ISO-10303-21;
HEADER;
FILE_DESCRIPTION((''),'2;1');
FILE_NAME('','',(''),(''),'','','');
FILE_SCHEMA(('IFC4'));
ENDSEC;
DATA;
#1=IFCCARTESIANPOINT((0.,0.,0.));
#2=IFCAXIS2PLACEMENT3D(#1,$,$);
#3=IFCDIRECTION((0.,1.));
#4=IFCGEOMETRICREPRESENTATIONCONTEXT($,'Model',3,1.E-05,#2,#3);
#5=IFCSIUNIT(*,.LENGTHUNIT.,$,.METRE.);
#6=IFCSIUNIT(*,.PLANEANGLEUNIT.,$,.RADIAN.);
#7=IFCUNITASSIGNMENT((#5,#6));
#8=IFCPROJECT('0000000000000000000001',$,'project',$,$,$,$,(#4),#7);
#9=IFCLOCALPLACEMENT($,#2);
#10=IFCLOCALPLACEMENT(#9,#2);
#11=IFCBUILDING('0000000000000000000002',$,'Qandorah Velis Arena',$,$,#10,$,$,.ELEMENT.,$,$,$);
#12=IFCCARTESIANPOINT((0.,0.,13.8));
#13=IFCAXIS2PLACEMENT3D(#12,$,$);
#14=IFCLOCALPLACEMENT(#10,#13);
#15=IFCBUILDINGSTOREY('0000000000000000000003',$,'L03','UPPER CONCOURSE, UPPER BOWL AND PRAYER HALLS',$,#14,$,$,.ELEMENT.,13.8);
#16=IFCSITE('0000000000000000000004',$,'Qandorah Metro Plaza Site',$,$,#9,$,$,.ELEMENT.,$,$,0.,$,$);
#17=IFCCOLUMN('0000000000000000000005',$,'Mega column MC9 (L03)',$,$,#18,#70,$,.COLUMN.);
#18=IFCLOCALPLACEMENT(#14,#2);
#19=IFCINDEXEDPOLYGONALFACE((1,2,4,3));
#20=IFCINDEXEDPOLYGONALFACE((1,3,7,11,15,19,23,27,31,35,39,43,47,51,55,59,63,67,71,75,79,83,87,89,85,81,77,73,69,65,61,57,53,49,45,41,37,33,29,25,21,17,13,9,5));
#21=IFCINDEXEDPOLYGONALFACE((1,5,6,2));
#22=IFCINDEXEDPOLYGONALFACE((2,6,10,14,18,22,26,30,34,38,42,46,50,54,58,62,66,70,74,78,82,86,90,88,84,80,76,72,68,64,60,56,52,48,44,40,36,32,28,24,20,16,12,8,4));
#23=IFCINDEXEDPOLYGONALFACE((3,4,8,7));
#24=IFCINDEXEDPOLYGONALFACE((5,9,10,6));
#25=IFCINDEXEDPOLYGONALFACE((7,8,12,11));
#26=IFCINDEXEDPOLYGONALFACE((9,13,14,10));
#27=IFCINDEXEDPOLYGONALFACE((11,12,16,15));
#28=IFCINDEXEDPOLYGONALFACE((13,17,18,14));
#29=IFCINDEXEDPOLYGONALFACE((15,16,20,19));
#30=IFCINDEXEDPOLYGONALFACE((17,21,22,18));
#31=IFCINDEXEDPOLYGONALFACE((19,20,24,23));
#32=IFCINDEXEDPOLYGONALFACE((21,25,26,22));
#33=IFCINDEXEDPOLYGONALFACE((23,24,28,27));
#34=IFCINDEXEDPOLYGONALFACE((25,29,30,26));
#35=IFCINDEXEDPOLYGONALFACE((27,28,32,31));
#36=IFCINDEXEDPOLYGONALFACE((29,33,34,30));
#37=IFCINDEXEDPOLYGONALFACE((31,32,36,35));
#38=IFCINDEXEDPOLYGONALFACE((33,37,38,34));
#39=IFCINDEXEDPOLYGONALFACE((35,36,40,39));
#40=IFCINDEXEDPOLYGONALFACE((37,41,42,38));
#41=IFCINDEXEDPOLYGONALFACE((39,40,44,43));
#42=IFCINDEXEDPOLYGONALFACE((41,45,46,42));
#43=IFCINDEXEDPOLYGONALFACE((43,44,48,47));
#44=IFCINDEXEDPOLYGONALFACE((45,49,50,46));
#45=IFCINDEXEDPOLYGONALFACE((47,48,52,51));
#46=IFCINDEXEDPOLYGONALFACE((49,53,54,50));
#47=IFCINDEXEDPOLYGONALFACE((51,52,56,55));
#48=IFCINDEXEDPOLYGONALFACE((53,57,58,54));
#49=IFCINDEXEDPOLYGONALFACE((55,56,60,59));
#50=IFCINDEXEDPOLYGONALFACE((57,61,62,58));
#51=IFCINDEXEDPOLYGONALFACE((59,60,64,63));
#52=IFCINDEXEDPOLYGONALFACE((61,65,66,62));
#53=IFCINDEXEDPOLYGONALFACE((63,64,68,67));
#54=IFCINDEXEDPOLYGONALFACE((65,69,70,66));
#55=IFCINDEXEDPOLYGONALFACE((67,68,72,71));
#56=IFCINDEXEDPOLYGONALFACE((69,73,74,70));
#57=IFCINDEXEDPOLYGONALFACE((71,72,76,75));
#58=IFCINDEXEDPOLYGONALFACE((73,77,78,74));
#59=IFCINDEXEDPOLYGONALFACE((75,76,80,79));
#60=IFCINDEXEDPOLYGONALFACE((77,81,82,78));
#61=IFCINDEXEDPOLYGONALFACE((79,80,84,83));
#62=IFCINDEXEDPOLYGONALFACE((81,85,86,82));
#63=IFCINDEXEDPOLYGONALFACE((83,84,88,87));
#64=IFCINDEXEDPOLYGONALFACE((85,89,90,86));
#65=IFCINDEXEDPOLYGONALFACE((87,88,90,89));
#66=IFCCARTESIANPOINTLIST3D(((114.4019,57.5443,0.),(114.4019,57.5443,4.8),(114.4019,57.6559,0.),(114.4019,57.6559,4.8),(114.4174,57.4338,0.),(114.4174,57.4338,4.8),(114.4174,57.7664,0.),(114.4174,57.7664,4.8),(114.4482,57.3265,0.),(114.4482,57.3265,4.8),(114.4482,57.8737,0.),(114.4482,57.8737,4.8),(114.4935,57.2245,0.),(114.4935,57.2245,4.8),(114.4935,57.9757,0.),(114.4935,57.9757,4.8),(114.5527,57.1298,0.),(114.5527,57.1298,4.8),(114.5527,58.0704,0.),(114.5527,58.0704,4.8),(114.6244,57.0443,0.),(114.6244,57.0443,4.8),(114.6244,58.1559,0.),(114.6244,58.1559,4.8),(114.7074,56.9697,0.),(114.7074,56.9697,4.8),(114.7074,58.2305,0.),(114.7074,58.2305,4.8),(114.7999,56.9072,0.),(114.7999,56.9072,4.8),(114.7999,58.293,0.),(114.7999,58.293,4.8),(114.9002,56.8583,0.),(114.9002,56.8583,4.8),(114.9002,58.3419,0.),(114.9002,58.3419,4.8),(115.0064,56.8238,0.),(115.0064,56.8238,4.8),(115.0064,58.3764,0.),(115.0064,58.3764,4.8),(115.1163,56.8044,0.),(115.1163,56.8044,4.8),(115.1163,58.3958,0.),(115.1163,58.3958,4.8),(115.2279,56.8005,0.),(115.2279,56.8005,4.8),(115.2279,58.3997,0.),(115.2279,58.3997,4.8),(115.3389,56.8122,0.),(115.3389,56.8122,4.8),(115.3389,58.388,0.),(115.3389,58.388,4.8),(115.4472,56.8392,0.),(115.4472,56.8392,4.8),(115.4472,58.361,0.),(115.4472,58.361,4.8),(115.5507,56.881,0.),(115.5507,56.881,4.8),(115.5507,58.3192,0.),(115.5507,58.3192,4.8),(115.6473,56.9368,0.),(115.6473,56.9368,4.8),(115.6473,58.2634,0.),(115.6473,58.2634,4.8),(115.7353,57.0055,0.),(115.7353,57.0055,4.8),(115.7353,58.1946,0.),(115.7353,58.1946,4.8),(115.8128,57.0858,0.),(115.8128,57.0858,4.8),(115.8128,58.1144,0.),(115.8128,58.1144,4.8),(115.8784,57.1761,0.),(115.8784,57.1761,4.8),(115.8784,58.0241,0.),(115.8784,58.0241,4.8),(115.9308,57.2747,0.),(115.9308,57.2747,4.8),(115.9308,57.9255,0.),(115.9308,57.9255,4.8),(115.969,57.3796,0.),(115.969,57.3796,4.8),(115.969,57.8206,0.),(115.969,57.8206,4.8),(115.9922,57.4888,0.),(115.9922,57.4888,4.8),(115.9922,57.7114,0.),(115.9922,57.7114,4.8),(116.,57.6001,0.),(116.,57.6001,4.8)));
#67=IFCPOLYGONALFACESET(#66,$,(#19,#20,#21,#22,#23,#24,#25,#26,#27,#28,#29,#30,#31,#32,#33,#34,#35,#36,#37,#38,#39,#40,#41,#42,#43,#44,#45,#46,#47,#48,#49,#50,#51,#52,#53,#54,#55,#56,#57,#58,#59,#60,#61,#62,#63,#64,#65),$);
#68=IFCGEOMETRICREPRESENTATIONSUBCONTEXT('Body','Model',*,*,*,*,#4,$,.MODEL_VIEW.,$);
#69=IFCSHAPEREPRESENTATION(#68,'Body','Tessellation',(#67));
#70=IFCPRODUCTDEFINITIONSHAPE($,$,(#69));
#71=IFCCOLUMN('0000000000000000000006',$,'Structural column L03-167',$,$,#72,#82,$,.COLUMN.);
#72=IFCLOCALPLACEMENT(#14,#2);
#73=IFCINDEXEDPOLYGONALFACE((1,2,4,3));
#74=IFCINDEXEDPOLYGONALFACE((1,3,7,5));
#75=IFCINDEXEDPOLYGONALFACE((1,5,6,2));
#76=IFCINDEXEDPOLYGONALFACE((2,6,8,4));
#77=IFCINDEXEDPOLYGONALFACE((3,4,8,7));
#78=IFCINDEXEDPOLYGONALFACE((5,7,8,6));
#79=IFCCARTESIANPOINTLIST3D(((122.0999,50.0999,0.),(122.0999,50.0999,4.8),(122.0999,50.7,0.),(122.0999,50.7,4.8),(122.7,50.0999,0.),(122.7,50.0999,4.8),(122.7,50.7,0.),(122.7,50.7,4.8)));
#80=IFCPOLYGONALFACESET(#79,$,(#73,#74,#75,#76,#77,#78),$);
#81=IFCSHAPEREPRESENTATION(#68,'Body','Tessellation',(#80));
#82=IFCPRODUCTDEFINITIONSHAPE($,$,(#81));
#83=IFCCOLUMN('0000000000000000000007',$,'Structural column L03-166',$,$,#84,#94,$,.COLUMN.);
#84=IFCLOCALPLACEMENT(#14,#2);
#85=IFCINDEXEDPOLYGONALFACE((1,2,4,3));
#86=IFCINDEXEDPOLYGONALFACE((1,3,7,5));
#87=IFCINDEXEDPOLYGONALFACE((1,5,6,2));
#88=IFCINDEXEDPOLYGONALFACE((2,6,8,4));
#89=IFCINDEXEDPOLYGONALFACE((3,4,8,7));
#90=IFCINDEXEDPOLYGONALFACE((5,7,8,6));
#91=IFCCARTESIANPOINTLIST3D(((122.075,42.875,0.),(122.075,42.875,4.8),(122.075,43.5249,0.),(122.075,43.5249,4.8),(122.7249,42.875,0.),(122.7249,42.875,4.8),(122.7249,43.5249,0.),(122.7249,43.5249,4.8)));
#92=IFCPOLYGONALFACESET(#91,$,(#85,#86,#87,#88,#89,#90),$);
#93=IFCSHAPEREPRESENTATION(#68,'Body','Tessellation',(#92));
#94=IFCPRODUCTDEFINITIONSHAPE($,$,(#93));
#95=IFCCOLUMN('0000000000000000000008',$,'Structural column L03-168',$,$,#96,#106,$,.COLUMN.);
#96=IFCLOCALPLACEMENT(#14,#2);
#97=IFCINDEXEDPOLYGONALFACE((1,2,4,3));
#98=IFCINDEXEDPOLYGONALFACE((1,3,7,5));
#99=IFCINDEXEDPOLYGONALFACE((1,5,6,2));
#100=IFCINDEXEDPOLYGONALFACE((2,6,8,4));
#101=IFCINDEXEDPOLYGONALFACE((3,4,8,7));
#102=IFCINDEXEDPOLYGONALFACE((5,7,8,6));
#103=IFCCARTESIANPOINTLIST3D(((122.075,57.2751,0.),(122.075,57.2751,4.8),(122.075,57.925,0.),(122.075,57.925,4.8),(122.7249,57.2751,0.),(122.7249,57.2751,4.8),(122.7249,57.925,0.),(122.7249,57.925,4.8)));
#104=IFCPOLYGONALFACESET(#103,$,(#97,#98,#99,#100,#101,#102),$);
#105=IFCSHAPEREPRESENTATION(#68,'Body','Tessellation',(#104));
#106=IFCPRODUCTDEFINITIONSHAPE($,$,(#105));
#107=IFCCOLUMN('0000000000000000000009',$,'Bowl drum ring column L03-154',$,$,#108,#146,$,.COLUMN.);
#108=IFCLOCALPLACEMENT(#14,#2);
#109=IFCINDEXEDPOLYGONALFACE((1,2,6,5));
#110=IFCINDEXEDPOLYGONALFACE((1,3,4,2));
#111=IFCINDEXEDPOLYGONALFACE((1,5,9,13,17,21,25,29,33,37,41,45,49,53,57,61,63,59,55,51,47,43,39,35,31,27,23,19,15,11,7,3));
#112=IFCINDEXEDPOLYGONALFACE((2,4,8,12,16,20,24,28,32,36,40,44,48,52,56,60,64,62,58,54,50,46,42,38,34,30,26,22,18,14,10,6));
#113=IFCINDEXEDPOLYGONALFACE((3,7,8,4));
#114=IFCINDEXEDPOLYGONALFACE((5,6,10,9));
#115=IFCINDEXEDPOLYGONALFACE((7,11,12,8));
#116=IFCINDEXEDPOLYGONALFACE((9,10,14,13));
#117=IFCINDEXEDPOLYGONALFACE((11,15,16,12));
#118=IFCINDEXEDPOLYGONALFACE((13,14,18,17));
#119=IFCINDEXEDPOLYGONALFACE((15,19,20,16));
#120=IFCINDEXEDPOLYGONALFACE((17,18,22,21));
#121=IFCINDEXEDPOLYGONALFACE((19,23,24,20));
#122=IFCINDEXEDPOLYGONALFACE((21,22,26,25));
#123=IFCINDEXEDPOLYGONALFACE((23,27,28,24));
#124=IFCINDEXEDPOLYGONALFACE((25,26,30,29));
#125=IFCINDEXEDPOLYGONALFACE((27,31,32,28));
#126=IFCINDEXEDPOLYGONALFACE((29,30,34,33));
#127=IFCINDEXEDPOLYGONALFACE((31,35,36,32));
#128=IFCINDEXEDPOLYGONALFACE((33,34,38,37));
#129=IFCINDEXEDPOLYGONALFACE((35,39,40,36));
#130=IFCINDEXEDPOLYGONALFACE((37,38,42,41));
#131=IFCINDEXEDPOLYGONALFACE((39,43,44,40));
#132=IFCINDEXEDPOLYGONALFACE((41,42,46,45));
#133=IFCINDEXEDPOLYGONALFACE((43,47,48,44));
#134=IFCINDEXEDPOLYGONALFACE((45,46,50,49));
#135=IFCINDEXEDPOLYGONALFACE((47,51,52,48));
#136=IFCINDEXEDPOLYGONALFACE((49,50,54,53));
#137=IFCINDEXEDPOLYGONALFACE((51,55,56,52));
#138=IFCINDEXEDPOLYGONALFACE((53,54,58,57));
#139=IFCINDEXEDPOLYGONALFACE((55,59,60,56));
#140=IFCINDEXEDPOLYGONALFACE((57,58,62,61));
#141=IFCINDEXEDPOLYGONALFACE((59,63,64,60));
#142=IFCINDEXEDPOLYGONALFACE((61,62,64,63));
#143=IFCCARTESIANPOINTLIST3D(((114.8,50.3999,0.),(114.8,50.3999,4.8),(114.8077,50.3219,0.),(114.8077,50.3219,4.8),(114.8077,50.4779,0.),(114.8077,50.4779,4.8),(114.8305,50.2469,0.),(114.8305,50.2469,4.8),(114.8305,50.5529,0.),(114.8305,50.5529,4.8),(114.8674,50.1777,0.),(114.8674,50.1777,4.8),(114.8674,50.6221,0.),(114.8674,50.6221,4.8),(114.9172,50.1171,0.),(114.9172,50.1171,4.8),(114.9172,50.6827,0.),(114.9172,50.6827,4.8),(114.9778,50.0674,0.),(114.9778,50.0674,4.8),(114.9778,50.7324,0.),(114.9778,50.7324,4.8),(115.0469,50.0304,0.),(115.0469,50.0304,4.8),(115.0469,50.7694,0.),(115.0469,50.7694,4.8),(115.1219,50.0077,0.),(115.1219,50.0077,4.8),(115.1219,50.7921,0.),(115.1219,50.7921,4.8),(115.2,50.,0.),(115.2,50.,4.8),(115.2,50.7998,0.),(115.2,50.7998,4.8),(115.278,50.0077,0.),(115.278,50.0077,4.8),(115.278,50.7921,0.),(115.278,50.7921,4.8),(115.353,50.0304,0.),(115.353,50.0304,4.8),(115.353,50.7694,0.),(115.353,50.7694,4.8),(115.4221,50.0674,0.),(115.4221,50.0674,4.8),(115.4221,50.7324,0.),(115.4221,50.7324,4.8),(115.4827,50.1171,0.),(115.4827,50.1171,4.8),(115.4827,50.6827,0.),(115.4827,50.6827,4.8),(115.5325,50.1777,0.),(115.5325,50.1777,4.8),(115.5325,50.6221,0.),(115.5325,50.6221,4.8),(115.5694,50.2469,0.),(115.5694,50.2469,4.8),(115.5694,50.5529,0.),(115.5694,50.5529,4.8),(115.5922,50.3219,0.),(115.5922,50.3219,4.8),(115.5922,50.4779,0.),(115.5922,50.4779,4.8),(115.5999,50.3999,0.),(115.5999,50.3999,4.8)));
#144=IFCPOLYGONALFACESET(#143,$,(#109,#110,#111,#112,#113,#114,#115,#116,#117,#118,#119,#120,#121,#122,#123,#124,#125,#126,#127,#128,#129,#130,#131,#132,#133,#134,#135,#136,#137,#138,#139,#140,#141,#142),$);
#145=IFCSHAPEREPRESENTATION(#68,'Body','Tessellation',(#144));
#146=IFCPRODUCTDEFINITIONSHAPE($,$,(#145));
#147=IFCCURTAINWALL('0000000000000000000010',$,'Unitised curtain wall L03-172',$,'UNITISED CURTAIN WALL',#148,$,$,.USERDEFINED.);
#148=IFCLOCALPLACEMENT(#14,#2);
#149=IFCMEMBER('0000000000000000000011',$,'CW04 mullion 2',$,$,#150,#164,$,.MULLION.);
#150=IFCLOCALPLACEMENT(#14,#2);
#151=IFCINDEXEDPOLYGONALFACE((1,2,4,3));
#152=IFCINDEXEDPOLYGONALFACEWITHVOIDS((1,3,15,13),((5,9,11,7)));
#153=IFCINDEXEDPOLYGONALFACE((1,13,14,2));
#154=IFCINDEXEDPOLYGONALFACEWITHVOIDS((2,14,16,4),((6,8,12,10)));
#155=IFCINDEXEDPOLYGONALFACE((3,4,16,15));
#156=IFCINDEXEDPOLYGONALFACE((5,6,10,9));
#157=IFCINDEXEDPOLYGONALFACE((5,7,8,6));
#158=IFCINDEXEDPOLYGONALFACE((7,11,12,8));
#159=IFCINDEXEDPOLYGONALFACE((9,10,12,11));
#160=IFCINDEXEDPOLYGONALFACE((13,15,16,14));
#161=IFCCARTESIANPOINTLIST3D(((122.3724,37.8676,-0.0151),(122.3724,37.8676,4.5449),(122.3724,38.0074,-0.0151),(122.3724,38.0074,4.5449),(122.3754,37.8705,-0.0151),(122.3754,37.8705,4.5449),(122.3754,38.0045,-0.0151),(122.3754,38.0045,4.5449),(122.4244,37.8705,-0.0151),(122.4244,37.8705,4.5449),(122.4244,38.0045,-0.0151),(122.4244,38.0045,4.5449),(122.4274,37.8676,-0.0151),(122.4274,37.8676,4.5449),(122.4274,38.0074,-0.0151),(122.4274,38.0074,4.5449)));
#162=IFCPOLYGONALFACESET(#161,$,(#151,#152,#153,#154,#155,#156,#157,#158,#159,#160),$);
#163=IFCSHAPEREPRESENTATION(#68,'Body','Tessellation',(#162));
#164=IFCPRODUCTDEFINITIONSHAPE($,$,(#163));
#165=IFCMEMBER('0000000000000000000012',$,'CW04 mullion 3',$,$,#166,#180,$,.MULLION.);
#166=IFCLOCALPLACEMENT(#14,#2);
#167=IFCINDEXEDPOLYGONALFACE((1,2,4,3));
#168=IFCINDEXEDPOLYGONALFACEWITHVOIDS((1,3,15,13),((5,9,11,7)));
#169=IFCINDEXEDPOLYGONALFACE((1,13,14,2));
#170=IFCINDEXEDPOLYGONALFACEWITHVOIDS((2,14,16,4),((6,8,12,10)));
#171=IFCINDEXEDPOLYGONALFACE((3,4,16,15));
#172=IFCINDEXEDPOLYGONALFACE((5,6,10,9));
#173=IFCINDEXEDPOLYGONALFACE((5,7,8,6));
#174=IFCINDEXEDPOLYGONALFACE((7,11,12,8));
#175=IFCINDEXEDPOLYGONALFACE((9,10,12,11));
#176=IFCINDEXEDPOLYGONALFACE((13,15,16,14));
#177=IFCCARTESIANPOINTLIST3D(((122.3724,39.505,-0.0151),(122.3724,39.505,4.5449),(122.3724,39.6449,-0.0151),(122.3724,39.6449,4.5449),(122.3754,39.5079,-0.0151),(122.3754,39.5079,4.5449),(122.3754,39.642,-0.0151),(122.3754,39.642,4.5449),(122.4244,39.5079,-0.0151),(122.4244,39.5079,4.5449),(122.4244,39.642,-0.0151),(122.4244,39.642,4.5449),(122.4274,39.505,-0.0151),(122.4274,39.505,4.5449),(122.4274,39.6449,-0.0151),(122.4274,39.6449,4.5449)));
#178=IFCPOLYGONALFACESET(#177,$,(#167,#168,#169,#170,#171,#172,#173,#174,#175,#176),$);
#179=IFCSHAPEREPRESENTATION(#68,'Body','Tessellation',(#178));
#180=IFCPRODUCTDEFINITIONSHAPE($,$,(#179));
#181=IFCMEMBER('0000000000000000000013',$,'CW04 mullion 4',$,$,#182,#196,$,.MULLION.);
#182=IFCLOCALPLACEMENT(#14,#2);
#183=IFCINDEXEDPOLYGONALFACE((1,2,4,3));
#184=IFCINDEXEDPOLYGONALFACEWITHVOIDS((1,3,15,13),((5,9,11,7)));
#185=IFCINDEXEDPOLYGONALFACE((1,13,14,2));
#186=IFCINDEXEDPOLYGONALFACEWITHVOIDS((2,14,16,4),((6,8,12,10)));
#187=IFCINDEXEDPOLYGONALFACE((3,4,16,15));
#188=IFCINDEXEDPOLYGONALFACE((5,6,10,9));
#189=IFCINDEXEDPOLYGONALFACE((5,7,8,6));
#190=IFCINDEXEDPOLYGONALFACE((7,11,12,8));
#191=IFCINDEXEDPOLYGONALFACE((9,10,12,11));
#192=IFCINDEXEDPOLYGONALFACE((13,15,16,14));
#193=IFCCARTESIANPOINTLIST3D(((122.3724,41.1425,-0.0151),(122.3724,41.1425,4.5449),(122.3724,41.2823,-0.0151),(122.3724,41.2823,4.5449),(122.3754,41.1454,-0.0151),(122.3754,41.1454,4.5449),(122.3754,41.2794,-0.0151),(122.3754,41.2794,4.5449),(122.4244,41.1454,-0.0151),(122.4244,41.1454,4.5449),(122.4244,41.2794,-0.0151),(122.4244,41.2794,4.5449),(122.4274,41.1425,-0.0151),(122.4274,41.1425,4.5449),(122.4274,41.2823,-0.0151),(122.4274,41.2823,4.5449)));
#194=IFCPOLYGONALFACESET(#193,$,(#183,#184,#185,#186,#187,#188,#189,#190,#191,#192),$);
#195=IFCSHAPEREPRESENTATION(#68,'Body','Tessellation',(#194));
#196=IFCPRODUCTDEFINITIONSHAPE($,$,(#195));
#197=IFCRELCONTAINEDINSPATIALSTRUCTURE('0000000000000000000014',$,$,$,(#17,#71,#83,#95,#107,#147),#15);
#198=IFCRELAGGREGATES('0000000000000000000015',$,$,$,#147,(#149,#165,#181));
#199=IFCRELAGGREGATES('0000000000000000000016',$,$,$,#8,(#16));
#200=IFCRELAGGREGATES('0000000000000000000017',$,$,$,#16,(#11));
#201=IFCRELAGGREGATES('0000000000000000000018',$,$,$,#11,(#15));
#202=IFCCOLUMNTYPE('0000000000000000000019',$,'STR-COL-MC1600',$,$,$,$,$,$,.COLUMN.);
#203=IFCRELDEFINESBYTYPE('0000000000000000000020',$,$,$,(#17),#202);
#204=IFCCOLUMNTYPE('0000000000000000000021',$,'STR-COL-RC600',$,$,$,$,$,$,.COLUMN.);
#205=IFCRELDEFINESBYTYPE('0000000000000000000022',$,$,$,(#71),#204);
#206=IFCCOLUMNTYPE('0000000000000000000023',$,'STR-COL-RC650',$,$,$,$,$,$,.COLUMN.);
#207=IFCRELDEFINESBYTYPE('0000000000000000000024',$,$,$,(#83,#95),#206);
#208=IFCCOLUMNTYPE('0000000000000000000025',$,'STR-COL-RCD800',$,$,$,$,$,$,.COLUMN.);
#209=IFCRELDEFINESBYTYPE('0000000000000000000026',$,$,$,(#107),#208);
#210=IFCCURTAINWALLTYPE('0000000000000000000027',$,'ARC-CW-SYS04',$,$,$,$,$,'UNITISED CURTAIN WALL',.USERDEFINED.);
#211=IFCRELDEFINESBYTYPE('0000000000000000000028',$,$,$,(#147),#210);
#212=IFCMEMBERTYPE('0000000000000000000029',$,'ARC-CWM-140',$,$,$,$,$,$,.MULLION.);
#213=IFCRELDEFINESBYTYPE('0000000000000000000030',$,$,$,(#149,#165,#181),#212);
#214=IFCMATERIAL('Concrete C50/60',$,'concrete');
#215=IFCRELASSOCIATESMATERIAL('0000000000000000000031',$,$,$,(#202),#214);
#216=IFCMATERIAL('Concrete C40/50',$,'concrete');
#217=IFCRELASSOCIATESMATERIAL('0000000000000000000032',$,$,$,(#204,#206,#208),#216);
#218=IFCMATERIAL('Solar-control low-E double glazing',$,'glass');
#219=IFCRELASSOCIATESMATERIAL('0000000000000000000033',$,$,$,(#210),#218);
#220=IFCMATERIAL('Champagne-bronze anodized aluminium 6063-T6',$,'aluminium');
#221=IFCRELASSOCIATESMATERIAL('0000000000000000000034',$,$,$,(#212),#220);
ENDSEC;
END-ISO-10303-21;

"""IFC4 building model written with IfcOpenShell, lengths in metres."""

from ifc_helpers import new_model, si_unit, direction, frame, origin, origin_2d, place, context, subcontext, project, spatial, rectangle, hollow_rectangle, circle, extrude, material, material_profile, profile_set, type_object, element, aggregate, save


model = new_model("IFC4")

# Units and contexts
model_context = context("Model", 3, precision=1e-05, world=origin(), true_north=direction((0.0, 1.0)))
body_context = subcontext(model_context, "Body", "Model", "MODEL_VIEW")
ifc_project = project(units=[si_unit("LENGTHUNIT", "METRE"), si_unit("PLANEANGLEUNIT", "RADIAN")], contexts=[model_context])

# Site, building, storey
site_placement = place(None, origin())
site = spatial("IfcSite", under=ifc_project, at=site_placement, Name="Qandorah Metro Plaza Site", CompositionType="ELEMENT", RefElevation=0.0)
building_placement = place(site_placement, origin())
building = spatial("IfcBuilding", under=site, at=building_placement, Name="Qandorah Velis Arena", CompositionType="ELEMENT")
storey_placement = place(building_placement, frame((0.0, 0.0, 13.8)))
storey = spatial("IfcBuildingStorey", under=building, at=storey_placement, Name="L03", Description="UPPER CONCOURSE, UPPER BOWL AND PRAYER HALLS", CompositionType="ELEMENT", Elevation=13.8)

# Columns
ifc_material_1 = material(Name="Concrete C50/60", Category="concrete")
ifc_material_profile_1 = material_profile(ifc_material_1, circle(Radius=0.8, at=origin_2d()), Name="MC D1600")
ifc_profile_set_1 = profile_set([ifc_material_profile_1], Name="Concrete C50/60")
column_type_1 = type_object("IfcColumnType", Name="STR-COL-MC1600", PredefinedType="COLUMN", material=ifc_profile_set_1)
column_1_placement = place(storey_placement, frame((115.2, 57.6001, 0.0), z_axis=(0.0, 0.0, 1.0), x_axis=(1.0, 0.0, 0.0)))
element("IfcColumn", 1, at=column_1_placement, inside=storey, type_object=column_type_1, Name="Mega column MC9 (L03)", PredefinedType="COLUMN", context=body_context, shape_type="SweptSolid", body=[
    extrude(circle(Radius=0.8, at=origin_2d()), origin(), (0.0, 0.0, 1.0), 4.8),
])
ifc_material_2 = material(Name="Concrete C40/50", Category="concrete")
ifc_material_profile_2 = material_profile(ifc_material_2, rectangle(XDim=0.6001, YDim=0.6001, at=origin_2d()), Name="RC COL 600x600")
ifc_profile_set_2 = profile_set([ifc_material_profile_2], Name="Concrete C40/50")
column_type_2 = type_object("IfcColumnType", Name="STR-COL-RC600", PredefinedType="COLUMN", material=ifc_profile_set_2)
column_2_placement = place(storey_placement, frame((122.3999, 50.3999, 0.0), z_axis=(0.0, 0.0, 1.0), x_axis=(1.0, 0.0, 0.0)))
element("IfcColumn", 2, at=column_2_placement, inside=storey, type_object=column_type_2, Name="Structural column L03-167", PredefinedType="COLUMN", context=body_context, shape_type="SweptSolid", body=[
    extrude(rectangle(XDim=0.6001, YDim=0.6001, at=origin_2d()), origin(), (0.0, 0.0, 1.0), 4.8),
])
ifc_material_profile_3 = material_profile(ifc_material_2, rectangle(XDim=0.6499, YDim=0.6499, at=origin_2d()), Name="RC COL 650x650")
ifc_profile_set_3 = profile_set([ifc_material_profile_3], Name="Concrete C40/50")
column_type_3 = type_object("IfcColumnType", Name="STR-COL-RC650", PredefinedType="COLUMN", material=ifc_profile_set_3)
for number, where, z_axis, x_axis, name in (
    (3, (122.3999, 43.2, 0.0), (0.0, 0.0, 1.0), (1.0, 0.0, 0.0), "Structural column L03-166"),
    (4, (122.3999, 57.6001, 0.0), (0.0, 0.0, 1.0), (1.0, 0.0, 0.0), "Structural column L03-168"),
):
    element("IfcColumn", number, at=place(storey_placement, frame(where, z_axis=z_axis, x_axis=x_axis)), inside=storey, type_object=column_type_3, Name=name, PredefinedType="COLUMN", context=body_context, shape_type="SweptSolid", body=[
        extrude(rectangle(XDim=0.6499, YDim=0.6499, at=origin_2d()), origin(), (0.0, 0.0, 1.0), 4.8),
    ])
ifc_material_profile_4 = material_profile(ifc_material_2, circle(Radius=0.3999, at=origin_2d()), Name="RC D800")
ifc_profile_set_4 = profile_set([ifc_material_profile_4], Name="Concrete C40/50")
column_type_4 = type_object("IfcColumnType", Name="STR-COL-RCD800", PredefinedType="COLUMN", material=ifc_profile_set_4)
column_3_placement = place(storey_placement, frame((115.2, 50.3999, 0.0), z_axis=(0.0, 0.0, 1.0), x_axis=(1.0, 0.0, 0.0)))
element("IfcColumn", 5, at=column_3_placement, inside=storey, type_object=column_type_4, Name="Bowl drum ring column L03-154", PredefinedType="COLUMN", context=body_context, shape_type="SweptSolid", body=[
    extrude(circle(Radius=0.3999, at=origin_2d()), origin(), (0.0, 0.0, 1.0), 4.8),
])

# Curtain wall, members
ifc_material_3 = material(Name="Solar-control low-E double glazing", Category="glass")
curtain_wall_type = type_object("IfcCurtainWallType", Name="ARC-CW-SYS04", ElementType="UNITISED CURTAIN WALL", PredefinedType="USERDEFINED", material=ifc_material_3)
curtain_wall_placement = place(storey_placement, origin())
curtain_wall = element("IfcCurtainWall", 6, at=curtain_wall_placement, inside=storey, type_object=curtain_wall_type, Name="Unitised curtain wall L03-172", ObjectType="UNITISED CURTAIN WALL", PredefinedType="USERDEFINED")
ifc_material_4 = material(Name="Champagne-bronze anodized aluminium 6063-T6", Category="aluminium")
ifc_material_profile_5 = material_profile(ifc_material_4, hollow_rectangle(XDim=0.0549, YDim=0.1399, WallThickness=0.0029, at=origin_2d()), Name="ALU MULLION 55x140")
ifc_profile_set_5 = profile_set([ifc_material_profile_5], Name="Champagne-bronze anodized aluminium 6063-T6")
member_type_1 = type_object("IfcMemberType", Name="ARC-CWM-140", PredefinedType="MULLION", material=ifc_profile_set_5)
member_1_placement = place(storey_placement, frame((122.3999, 37.9375, -0.0151), z_axis=(0.0, 0.0, 1.0), x_axis=(-1.0, 0.0, 0.0)))
member_1 = element("IfcMember", 7, at=member_1_placement, type_object=member_type_1, Name="CW04 mullion 2", PredefinedType="MULLION", context=body_context, shape_type="SweptSolid", body=[
    extrude(hollow_rectangle(XDim=0.0549, YDim=0.1399, WallThickness=0.0029, at=origin_2d()), origin(), (0.0, 0.0, 1.0), 4.5601),
])
member_2_placement = place(storey_placement, frame((122.3999, 39.575, -0.0151), z_axis=(0.0, 0.0, 1.0), x_axis=(-1.0, 0.0, 0.0)))
member_2 = element("IfcMember", 8, at=member_2_placement, type_object=member_type_1, Name="CW04 mullion 3", PredefinedType="MULLION", context=body_context, shape_type="SweptSolid", body=[
    extrude(hollow_rectangle(XDim=0.0549, YDim=0.1399, WallThickness=0.0029, at=origin_2d()), origin(), (0.0, 0.0, 1.0), 4.5601),
])
member_3_placement = place(storey_placement, frame((122.3999, 41.2124, -0.0151), z_axis=(0.0, 0.0, 1.0), x_axis=(-1.0, 0.0, 0.0)))
member_3 = element("IfcMember", 9, at=member_3_placement, type_object=member_type_1, Name="CW04 mullion 4", PredefinedType="MULLION", context=body_context, shape_type="SweptSolid", body=[
    extrude(hollow_rectangle(XDim=0.0549, YDim=0.1399, WallThickness=0.0029, at=origin_2d()), origin(), (0.0, 0.0, 1.0), 4.5601),
])

aggregate(curtain_wall, [member_1, member_2, member_3])

save(model, "model.ifc")
